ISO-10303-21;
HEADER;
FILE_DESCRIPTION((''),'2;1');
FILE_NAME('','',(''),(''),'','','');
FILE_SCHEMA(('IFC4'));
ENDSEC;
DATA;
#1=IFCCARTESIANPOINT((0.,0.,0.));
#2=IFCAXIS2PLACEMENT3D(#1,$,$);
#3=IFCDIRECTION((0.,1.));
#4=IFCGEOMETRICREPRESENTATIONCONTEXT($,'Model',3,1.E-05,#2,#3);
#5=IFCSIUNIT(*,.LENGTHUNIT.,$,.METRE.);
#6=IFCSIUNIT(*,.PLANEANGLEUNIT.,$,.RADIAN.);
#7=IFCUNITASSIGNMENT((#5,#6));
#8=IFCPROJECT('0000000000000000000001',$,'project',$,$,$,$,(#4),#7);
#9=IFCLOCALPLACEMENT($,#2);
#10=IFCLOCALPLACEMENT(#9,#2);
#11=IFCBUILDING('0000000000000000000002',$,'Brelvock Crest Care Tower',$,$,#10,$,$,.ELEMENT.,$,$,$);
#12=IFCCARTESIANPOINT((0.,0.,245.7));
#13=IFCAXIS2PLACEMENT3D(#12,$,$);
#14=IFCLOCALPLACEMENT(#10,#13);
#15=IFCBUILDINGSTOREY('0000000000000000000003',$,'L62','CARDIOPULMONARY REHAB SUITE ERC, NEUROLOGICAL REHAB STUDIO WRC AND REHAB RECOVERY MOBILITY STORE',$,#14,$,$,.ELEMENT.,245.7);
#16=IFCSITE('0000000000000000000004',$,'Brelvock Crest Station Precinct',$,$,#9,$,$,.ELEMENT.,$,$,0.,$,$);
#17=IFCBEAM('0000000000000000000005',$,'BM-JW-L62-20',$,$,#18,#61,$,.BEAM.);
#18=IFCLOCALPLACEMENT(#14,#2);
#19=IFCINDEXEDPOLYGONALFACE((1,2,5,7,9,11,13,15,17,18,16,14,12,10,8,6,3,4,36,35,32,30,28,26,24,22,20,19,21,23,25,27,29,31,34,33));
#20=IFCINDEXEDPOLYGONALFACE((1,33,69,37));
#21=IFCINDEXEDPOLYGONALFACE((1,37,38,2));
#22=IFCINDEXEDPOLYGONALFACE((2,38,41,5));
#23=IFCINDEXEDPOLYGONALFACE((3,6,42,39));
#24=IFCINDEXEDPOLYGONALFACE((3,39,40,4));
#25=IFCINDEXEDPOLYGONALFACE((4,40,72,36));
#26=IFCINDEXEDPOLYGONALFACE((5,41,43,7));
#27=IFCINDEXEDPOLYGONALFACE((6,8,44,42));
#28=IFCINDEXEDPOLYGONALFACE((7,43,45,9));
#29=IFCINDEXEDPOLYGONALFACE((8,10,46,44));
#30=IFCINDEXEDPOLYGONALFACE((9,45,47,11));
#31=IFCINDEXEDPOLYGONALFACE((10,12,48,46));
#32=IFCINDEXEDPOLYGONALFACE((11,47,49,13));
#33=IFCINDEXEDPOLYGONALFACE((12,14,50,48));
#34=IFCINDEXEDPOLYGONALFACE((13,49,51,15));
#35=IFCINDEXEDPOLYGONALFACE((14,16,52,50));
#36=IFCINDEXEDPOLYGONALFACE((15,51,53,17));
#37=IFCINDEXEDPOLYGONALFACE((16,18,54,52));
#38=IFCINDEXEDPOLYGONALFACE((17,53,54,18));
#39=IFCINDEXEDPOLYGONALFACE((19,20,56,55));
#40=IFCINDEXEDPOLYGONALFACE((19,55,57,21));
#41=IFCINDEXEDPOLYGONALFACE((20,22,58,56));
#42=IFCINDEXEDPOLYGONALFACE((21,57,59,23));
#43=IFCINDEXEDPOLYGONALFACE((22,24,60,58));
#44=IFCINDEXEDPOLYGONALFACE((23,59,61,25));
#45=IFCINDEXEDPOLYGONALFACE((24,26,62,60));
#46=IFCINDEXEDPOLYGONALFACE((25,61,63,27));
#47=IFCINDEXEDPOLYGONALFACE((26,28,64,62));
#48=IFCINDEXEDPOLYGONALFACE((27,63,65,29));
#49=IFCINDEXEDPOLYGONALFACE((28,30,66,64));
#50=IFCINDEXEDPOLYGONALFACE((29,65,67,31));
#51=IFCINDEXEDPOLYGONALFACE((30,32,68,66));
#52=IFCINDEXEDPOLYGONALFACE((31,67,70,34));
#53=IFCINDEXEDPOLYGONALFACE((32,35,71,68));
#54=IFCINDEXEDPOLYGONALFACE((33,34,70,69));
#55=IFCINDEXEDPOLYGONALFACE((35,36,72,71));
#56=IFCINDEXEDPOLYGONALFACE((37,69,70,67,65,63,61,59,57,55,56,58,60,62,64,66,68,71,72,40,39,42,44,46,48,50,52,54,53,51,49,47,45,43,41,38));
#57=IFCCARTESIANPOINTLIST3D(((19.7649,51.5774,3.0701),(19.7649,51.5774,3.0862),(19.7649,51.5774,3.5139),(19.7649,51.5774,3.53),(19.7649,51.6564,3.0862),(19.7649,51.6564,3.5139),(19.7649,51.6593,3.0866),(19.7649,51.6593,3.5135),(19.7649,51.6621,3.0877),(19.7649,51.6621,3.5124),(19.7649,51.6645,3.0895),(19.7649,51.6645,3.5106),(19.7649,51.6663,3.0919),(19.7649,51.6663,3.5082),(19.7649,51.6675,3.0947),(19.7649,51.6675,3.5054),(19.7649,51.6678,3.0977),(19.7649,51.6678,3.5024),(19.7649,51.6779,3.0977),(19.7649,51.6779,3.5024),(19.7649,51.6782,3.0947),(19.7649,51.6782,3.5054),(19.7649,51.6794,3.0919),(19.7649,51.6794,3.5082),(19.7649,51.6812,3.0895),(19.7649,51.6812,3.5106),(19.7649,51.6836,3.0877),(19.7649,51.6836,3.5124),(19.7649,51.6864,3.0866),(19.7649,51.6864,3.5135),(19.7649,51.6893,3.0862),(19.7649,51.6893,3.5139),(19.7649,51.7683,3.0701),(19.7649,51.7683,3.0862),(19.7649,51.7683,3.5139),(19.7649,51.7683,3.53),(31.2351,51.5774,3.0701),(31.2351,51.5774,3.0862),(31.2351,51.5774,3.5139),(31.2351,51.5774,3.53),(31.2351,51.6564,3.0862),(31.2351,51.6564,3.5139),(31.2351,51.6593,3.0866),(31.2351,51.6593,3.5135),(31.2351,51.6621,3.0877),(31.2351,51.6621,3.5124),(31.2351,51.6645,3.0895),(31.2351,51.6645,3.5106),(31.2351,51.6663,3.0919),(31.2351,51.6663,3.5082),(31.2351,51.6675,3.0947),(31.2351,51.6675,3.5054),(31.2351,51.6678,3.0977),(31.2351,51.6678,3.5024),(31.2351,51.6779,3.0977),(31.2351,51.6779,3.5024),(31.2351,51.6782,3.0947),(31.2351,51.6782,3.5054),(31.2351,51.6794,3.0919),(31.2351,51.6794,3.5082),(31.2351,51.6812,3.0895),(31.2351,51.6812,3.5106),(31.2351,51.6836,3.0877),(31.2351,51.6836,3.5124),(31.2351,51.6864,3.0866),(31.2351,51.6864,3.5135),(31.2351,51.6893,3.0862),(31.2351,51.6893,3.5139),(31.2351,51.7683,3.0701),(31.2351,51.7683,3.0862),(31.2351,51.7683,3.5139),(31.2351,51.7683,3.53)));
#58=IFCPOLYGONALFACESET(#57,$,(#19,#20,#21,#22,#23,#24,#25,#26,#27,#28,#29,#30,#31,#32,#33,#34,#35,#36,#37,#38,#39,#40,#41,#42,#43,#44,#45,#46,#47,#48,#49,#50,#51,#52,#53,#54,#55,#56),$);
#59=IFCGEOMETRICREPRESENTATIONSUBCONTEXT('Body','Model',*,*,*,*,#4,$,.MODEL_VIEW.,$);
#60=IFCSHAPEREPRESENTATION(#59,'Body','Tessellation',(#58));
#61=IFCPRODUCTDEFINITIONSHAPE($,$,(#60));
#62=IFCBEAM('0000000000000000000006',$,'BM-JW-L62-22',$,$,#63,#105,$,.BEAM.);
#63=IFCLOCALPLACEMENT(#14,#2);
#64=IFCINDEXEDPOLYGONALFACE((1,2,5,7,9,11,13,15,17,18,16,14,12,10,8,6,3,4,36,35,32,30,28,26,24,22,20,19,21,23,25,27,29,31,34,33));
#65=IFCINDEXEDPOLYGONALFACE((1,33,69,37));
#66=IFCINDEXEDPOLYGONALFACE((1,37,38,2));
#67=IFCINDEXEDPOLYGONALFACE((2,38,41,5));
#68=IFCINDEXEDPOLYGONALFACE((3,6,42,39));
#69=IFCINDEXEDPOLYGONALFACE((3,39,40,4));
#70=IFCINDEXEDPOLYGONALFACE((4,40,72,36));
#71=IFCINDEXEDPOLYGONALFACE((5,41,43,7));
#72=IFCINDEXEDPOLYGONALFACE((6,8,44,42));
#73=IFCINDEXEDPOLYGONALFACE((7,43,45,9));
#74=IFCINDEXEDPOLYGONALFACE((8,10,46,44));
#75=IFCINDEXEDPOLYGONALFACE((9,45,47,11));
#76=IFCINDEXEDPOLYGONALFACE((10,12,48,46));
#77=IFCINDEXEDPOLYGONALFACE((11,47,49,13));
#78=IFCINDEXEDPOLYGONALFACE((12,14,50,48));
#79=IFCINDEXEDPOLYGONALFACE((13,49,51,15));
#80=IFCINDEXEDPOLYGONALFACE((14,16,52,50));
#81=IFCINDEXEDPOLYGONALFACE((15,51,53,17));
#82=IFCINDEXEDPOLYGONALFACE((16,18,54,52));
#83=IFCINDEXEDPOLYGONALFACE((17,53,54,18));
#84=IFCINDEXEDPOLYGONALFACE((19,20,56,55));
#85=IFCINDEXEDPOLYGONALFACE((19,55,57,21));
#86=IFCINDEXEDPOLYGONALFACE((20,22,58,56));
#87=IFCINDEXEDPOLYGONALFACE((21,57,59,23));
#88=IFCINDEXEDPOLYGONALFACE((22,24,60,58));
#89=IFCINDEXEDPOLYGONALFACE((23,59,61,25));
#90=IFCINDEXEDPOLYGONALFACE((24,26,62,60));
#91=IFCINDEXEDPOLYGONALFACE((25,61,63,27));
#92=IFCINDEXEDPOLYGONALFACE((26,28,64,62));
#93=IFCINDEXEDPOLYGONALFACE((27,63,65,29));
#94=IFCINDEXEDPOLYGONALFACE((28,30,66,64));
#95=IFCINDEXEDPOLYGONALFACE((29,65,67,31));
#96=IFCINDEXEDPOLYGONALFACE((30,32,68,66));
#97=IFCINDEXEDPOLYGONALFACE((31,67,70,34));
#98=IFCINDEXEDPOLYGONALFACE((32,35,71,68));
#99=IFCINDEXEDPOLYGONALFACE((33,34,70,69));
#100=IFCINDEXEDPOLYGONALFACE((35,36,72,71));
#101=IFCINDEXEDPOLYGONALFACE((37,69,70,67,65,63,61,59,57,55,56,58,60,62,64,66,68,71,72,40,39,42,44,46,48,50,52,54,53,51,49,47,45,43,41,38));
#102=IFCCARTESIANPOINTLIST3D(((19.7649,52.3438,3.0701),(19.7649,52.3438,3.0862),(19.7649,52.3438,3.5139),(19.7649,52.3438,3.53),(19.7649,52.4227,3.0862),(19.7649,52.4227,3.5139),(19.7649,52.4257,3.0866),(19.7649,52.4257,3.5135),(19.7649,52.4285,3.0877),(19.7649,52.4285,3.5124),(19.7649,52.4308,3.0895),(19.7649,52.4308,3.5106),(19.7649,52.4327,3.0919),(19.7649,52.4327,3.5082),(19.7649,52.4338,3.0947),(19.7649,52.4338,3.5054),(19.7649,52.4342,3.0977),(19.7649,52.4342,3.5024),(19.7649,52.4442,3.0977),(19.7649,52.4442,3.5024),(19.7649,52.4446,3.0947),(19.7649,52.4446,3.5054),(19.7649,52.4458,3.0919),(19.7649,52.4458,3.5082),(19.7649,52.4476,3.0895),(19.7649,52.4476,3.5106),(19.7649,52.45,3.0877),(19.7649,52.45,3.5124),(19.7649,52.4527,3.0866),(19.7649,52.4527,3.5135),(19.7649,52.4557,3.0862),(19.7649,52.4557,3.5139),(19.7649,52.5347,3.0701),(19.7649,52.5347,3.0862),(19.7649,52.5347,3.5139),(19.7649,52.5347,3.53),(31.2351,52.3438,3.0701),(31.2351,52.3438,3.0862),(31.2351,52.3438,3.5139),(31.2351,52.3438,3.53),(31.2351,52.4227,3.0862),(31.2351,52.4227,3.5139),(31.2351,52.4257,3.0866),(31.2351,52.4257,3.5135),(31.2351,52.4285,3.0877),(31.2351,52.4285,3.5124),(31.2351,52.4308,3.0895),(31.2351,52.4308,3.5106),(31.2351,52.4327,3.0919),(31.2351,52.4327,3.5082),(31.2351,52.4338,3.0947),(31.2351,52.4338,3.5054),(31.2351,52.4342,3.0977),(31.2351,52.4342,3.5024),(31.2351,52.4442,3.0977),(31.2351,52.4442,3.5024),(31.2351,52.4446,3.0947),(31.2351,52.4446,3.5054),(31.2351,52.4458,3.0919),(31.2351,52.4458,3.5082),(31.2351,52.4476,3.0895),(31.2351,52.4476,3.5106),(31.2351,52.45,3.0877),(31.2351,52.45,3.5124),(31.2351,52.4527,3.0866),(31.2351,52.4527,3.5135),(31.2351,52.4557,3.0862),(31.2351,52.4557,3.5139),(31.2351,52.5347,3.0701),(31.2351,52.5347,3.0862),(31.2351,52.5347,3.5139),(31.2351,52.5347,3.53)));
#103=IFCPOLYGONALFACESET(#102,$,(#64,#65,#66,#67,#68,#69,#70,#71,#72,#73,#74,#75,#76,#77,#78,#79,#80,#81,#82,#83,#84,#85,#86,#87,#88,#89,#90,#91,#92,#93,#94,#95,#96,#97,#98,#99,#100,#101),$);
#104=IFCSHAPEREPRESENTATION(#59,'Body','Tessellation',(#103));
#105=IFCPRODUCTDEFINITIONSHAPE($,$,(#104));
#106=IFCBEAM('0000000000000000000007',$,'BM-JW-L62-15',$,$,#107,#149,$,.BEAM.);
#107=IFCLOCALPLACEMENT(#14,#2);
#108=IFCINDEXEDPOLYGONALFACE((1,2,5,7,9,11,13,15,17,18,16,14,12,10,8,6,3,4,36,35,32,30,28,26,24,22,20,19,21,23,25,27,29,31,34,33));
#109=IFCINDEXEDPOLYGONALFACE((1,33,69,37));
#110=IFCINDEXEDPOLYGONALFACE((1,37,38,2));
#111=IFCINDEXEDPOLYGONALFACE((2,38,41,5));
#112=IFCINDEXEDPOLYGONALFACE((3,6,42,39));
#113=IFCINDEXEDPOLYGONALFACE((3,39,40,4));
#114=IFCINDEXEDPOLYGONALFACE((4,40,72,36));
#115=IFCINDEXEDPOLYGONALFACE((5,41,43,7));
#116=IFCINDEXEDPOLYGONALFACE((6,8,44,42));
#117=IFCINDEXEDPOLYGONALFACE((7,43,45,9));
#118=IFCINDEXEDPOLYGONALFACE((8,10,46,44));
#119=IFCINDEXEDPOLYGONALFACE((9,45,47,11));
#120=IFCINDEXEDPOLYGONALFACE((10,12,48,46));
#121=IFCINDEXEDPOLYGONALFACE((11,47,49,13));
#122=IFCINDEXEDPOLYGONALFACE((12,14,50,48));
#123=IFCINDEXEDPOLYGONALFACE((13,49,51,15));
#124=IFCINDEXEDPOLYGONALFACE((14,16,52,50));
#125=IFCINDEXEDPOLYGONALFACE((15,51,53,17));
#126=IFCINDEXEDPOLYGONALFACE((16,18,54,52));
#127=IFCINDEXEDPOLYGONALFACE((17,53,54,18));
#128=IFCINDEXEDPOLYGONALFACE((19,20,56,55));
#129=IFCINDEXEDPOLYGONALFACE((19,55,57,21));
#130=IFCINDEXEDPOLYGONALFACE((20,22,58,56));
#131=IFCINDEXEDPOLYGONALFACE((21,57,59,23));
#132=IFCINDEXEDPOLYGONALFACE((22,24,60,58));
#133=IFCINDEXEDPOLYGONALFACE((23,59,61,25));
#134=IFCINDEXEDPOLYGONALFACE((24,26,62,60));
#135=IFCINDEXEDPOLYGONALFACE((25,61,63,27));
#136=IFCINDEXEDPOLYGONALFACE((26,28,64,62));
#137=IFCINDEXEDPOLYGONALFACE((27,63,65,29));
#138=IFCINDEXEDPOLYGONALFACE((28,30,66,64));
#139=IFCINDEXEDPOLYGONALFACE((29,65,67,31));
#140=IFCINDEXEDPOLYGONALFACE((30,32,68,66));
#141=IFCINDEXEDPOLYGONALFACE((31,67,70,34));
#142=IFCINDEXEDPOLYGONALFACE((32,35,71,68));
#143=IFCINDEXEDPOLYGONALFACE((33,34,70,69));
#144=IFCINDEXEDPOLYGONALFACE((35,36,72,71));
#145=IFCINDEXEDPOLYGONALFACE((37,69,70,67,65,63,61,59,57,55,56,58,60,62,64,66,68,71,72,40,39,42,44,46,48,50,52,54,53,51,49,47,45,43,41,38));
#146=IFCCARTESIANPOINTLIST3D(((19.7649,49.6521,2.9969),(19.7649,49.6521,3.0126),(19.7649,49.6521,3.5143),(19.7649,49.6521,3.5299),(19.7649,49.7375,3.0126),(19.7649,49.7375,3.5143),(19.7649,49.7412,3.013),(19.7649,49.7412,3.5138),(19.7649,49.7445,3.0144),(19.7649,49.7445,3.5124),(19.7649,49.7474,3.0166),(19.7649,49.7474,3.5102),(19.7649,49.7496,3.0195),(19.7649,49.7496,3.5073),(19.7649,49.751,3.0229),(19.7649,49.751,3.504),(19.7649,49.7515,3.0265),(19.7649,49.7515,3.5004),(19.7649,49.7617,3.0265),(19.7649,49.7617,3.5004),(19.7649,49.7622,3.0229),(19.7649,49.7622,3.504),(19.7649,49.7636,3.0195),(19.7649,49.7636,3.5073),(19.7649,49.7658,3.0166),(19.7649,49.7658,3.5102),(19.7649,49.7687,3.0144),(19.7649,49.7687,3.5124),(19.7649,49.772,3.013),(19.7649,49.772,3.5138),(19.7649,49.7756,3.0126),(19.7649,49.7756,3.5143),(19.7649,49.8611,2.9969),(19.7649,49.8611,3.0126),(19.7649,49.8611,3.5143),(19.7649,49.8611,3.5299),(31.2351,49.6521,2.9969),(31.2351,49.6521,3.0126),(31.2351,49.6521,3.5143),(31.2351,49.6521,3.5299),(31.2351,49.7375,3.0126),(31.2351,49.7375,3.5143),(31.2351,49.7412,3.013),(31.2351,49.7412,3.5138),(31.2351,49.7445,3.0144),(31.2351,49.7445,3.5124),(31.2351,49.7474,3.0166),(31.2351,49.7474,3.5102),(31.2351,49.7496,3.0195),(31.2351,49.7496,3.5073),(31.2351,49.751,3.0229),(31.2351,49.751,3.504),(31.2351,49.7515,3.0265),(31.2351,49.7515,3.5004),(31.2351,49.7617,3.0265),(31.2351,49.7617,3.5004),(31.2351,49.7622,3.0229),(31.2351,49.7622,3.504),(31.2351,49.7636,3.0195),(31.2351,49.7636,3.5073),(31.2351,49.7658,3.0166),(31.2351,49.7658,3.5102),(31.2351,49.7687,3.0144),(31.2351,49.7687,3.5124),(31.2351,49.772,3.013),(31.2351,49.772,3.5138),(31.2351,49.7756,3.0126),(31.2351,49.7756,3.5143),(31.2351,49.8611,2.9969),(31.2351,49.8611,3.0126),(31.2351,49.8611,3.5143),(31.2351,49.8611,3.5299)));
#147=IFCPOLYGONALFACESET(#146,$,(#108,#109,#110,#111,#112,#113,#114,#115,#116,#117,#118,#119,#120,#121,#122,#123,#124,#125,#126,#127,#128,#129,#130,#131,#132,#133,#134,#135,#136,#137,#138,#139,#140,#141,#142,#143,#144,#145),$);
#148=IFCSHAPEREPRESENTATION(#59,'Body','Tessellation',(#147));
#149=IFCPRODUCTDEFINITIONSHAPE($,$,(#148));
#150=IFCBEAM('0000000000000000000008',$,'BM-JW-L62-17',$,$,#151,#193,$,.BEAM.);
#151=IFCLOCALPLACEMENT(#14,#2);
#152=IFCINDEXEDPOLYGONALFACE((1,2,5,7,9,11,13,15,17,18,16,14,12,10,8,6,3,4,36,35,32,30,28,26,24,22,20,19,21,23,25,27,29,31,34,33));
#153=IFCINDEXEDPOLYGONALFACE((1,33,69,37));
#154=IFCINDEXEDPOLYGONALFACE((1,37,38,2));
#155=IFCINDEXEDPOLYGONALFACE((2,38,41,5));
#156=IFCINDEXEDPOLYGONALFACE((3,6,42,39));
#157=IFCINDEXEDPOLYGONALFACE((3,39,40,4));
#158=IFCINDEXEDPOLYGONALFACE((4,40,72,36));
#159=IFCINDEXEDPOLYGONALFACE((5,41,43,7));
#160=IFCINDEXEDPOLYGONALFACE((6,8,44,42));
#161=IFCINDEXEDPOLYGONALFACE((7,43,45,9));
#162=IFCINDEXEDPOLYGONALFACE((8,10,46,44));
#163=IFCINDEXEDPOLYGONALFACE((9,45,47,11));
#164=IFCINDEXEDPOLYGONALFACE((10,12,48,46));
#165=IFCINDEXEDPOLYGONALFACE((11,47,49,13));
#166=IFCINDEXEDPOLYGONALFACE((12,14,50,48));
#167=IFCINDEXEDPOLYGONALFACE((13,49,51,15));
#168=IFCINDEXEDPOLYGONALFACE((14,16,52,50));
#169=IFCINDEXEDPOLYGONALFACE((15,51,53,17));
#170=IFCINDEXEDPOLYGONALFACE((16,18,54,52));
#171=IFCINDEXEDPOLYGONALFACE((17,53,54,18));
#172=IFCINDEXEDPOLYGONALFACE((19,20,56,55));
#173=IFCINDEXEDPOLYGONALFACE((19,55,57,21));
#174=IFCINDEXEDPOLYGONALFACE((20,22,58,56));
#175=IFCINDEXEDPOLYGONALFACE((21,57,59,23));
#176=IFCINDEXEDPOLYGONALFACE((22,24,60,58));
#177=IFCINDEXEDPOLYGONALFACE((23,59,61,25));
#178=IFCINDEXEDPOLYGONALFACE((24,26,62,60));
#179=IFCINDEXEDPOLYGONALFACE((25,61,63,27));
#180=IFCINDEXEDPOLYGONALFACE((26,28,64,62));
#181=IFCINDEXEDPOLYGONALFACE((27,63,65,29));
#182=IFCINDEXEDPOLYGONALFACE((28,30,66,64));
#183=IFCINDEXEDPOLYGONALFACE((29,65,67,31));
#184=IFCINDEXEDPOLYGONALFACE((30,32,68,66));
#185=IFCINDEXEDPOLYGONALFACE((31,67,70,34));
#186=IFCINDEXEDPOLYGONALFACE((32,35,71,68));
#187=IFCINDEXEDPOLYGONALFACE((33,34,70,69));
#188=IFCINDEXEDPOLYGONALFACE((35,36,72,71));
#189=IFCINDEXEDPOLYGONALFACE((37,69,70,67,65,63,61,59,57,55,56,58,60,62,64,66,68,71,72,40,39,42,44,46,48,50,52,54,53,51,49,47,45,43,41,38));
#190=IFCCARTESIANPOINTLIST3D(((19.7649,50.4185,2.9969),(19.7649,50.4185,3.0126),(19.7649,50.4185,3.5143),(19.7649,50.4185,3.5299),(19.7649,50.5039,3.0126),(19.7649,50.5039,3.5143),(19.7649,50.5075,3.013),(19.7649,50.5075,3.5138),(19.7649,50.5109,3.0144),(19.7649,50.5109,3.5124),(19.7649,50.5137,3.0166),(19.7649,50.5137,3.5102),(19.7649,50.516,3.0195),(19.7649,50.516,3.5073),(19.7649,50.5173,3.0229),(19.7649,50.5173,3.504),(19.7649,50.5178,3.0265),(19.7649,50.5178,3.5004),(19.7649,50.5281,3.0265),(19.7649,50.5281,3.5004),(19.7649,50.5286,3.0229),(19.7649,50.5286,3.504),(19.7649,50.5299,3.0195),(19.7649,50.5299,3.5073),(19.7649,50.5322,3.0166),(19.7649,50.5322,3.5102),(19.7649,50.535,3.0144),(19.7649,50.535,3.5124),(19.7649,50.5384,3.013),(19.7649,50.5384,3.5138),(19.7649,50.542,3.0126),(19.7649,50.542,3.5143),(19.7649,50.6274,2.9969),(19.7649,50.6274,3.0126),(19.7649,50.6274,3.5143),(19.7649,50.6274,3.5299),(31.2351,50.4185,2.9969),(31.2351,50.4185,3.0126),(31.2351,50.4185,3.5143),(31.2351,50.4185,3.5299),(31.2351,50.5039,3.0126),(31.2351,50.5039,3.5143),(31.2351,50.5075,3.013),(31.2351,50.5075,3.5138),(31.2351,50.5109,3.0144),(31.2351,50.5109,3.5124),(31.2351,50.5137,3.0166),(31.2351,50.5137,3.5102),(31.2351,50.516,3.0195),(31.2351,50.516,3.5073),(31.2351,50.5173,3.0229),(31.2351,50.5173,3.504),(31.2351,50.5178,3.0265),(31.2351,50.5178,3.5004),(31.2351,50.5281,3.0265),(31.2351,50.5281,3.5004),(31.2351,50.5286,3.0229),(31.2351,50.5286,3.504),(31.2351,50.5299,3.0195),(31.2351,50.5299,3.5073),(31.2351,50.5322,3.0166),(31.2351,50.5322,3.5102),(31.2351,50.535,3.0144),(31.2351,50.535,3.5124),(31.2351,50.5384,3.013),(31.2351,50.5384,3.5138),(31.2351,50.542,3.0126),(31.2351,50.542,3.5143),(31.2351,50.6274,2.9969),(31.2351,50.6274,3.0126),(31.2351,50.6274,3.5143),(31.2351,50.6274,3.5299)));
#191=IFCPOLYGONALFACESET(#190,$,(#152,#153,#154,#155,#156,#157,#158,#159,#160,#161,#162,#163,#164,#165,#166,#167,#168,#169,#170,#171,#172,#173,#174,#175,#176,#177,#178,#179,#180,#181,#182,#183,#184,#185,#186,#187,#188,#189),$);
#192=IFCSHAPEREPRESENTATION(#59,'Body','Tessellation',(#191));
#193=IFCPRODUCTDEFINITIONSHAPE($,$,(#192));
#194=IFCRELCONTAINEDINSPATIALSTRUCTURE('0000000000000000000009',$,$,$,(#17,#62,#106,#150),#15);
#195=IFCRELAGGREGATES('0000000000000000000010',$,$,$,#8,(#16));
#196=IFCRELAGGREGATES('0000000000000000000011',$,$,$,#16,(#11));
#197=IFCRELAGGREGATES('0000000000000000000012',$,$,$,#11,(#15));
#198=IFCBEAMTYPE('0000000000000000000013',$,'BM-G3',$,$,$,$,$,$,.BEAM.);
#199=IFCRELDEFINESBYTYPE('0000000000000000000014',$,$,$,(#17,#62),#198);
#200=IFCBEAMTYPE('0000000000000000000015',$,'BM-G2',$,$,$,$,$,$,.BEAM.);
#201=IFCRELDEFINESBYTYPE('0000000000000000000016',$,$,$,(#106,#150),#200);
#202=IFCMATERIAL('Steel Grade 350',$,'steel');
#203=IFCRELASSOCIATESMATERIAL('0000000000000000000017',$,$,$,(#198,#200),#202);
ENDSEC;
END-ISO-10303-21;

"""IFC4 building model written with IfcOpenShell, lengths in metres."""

from ifc_helpers import new_model, si_unit, direction, frame, origin, origin_2d, place, context, subcontext, project, spatial, i_section, extrude, source, transform, mapped, material, material_profile, profile_set, type_object, element, save


model = new_model("IFC4")

# Units and contexts
model_context = context("Model", 3, precision=1e-05, world=origin(), true_north=direction((0.0, 1.0)))
body_context = subcontext(model_context, "Body", "Model", "MODEL_VIEW")
ifc_project = project(units=[si_unit("LENGTHUNIT", "METRE"), si_unit("PLANEANGLEUNIT", "RADIAN")], contexts=[model_context])

# Site, building, storey
site_placement = place(None, origin())
site = spatial("IfcSite", under=ifc_project, at=site_placement, Name="Brelvock Crest Station Precinct", CompositionType="ELEMENT", RefElevation=0.0)
building_placement = place(site_placement, origin())
building = spatial("IfcBuilding", under=site, at=building_placement, Name="Brelvock Crest Care Tower", CompositionType="ELEMENT")
storey_placement = place(building_placement, frame((0.0, 0.0, 245.7)))
storey = spatial("IfcBuildingStorey", under=building, at=storey_placement, Name="L62", Description="CARDIOPULMONARY REHAB SUITE ERC, NEUROLOGICAL REHAB STUDIO WRC AND REHAB RECOVERY MOBILITY STORE", CompositionType="ELEMENT", Elevation=245.7)

# Beams
ifc_material_1 = material(Name="Steel Grade 350", Category="steel")
ifc_material_profile_1 = material_profile(ifc_material_1, i_section(OverallWidth=0.1909, OverallDepth=0.46, WebThickness=0.01, FlangeThickness=0.0161, FilletRadius=0.0115, at=origin_2d()), Name="460UB82.1")
ifc_profile_set_1 = profile_set([ifc_material_profile_1], Name="Steel Grade 350")
beam_type_1 = type_object("IfcBeamType", Name="BM-G3", PredefinedType="BEAM", material=ifc_profile_set_1)
shared_shape_1 = source(origin(), body_context, "Body", "SweptSolid", [
    extrude(i_section(OverallWidth=0.1909, OverallDepth=0.46, WebThickness=0.01, FlangeThickness=0.0161, FilletRadius=0.0115, at=origin_2d()), origin(), (0.0, 0.0, 1.0), 11.4702),
])
for number, where, z_axis, x_axis, name in (
    (1, (19.7649, 51.6729, 3.3), (1.0, 0.0, 0.0), (0.0, 1.0, 0.0), "BM-JW-L62-20"),
    (2, (19.7649, 52.4392, 3.3), (1.0, 0.0, 0.0), (0.0, 1.0, 0.0), "BM-JW-L62-22"),
):
    element("IfcBeam", number, at=place(storey_placement, frame(where, z_axis=z_axis, x_axis=x_axis)), inside=storey, type_object=beam_type_1, Name=name, PredefinedType="BEAM", context=body_context, shape_type="MappedRepresentation", body=[
        mapped(shared_shape_1, transform((0.0, 0.0, 0.0), x_axis=(1.0, 0.0, 0.0), y_axis=(0.0, 1.0, 0.0), z_axis=(0.0, 0.0, 1.0), scale=1.0)),
    ])
ifc_material_profile_2 = material_profile(ifc_material_1, i_section(OverallWidth=0.209, OverallDepth=0.533, WebThickness=0.0103, FlangeThickness=0.0156, FilletRadius=0.0139, at=origin_2d()), Name="530UB92.4")
ifc_profile_set_2 = profile_set([ifc_material_profile_2], Name="Steel Grade 350")
beam_type_2 = type_object("IfcBeamType", Name="BM-G2", PredefinedType="BEAM", material=ifc_profile_set_2)
shared_shape_2 = source(origin(), body_context, "Body", "SweptSolid", [
    extrude(i_section(OverallWidth=0.209, OverallDepth=0.533, WebThickness=0.0103, FlangeThickness=0.0156, FilletRadius=0.0139, at=origin_2d()), origin(), (0.0, 0.0, 1.0), 11.4702),
])
for number, where, z_axis, x_axis, name in (
    (3, (19.7649, 49.7566, 3.2634), (1.0, 0.0, 0.0), (0.0, 1.0, 0.0), "BM-JW-L62-15"),
    (4, (19.7649, 50.5229, 3.2634), (1.0, 0.0, 0.0), (0.0, 1.0, 0.0), "BM-JW-L62-17"),
):
    element("IfcBeam", number, at=place(storey_placement, frame(where, z_axis=z_axis, x_axis=x_axis)), inside=storey, type_object=beam_type_2, Name=name, PredefinedType="BEAM", context=body_context, shape_type="MappedRepresentation", body=[
        mapped(shared_shape_2, transform((0.0, 0.0, 0.0), x_axis=(1.0, 0.0, 0.0), y_axis=(0.0, 1.0, 0.0), z_axis=(0.0, 0.0, 1.0), scale=1.0)),
    ])

save(model, "model.ifc")
